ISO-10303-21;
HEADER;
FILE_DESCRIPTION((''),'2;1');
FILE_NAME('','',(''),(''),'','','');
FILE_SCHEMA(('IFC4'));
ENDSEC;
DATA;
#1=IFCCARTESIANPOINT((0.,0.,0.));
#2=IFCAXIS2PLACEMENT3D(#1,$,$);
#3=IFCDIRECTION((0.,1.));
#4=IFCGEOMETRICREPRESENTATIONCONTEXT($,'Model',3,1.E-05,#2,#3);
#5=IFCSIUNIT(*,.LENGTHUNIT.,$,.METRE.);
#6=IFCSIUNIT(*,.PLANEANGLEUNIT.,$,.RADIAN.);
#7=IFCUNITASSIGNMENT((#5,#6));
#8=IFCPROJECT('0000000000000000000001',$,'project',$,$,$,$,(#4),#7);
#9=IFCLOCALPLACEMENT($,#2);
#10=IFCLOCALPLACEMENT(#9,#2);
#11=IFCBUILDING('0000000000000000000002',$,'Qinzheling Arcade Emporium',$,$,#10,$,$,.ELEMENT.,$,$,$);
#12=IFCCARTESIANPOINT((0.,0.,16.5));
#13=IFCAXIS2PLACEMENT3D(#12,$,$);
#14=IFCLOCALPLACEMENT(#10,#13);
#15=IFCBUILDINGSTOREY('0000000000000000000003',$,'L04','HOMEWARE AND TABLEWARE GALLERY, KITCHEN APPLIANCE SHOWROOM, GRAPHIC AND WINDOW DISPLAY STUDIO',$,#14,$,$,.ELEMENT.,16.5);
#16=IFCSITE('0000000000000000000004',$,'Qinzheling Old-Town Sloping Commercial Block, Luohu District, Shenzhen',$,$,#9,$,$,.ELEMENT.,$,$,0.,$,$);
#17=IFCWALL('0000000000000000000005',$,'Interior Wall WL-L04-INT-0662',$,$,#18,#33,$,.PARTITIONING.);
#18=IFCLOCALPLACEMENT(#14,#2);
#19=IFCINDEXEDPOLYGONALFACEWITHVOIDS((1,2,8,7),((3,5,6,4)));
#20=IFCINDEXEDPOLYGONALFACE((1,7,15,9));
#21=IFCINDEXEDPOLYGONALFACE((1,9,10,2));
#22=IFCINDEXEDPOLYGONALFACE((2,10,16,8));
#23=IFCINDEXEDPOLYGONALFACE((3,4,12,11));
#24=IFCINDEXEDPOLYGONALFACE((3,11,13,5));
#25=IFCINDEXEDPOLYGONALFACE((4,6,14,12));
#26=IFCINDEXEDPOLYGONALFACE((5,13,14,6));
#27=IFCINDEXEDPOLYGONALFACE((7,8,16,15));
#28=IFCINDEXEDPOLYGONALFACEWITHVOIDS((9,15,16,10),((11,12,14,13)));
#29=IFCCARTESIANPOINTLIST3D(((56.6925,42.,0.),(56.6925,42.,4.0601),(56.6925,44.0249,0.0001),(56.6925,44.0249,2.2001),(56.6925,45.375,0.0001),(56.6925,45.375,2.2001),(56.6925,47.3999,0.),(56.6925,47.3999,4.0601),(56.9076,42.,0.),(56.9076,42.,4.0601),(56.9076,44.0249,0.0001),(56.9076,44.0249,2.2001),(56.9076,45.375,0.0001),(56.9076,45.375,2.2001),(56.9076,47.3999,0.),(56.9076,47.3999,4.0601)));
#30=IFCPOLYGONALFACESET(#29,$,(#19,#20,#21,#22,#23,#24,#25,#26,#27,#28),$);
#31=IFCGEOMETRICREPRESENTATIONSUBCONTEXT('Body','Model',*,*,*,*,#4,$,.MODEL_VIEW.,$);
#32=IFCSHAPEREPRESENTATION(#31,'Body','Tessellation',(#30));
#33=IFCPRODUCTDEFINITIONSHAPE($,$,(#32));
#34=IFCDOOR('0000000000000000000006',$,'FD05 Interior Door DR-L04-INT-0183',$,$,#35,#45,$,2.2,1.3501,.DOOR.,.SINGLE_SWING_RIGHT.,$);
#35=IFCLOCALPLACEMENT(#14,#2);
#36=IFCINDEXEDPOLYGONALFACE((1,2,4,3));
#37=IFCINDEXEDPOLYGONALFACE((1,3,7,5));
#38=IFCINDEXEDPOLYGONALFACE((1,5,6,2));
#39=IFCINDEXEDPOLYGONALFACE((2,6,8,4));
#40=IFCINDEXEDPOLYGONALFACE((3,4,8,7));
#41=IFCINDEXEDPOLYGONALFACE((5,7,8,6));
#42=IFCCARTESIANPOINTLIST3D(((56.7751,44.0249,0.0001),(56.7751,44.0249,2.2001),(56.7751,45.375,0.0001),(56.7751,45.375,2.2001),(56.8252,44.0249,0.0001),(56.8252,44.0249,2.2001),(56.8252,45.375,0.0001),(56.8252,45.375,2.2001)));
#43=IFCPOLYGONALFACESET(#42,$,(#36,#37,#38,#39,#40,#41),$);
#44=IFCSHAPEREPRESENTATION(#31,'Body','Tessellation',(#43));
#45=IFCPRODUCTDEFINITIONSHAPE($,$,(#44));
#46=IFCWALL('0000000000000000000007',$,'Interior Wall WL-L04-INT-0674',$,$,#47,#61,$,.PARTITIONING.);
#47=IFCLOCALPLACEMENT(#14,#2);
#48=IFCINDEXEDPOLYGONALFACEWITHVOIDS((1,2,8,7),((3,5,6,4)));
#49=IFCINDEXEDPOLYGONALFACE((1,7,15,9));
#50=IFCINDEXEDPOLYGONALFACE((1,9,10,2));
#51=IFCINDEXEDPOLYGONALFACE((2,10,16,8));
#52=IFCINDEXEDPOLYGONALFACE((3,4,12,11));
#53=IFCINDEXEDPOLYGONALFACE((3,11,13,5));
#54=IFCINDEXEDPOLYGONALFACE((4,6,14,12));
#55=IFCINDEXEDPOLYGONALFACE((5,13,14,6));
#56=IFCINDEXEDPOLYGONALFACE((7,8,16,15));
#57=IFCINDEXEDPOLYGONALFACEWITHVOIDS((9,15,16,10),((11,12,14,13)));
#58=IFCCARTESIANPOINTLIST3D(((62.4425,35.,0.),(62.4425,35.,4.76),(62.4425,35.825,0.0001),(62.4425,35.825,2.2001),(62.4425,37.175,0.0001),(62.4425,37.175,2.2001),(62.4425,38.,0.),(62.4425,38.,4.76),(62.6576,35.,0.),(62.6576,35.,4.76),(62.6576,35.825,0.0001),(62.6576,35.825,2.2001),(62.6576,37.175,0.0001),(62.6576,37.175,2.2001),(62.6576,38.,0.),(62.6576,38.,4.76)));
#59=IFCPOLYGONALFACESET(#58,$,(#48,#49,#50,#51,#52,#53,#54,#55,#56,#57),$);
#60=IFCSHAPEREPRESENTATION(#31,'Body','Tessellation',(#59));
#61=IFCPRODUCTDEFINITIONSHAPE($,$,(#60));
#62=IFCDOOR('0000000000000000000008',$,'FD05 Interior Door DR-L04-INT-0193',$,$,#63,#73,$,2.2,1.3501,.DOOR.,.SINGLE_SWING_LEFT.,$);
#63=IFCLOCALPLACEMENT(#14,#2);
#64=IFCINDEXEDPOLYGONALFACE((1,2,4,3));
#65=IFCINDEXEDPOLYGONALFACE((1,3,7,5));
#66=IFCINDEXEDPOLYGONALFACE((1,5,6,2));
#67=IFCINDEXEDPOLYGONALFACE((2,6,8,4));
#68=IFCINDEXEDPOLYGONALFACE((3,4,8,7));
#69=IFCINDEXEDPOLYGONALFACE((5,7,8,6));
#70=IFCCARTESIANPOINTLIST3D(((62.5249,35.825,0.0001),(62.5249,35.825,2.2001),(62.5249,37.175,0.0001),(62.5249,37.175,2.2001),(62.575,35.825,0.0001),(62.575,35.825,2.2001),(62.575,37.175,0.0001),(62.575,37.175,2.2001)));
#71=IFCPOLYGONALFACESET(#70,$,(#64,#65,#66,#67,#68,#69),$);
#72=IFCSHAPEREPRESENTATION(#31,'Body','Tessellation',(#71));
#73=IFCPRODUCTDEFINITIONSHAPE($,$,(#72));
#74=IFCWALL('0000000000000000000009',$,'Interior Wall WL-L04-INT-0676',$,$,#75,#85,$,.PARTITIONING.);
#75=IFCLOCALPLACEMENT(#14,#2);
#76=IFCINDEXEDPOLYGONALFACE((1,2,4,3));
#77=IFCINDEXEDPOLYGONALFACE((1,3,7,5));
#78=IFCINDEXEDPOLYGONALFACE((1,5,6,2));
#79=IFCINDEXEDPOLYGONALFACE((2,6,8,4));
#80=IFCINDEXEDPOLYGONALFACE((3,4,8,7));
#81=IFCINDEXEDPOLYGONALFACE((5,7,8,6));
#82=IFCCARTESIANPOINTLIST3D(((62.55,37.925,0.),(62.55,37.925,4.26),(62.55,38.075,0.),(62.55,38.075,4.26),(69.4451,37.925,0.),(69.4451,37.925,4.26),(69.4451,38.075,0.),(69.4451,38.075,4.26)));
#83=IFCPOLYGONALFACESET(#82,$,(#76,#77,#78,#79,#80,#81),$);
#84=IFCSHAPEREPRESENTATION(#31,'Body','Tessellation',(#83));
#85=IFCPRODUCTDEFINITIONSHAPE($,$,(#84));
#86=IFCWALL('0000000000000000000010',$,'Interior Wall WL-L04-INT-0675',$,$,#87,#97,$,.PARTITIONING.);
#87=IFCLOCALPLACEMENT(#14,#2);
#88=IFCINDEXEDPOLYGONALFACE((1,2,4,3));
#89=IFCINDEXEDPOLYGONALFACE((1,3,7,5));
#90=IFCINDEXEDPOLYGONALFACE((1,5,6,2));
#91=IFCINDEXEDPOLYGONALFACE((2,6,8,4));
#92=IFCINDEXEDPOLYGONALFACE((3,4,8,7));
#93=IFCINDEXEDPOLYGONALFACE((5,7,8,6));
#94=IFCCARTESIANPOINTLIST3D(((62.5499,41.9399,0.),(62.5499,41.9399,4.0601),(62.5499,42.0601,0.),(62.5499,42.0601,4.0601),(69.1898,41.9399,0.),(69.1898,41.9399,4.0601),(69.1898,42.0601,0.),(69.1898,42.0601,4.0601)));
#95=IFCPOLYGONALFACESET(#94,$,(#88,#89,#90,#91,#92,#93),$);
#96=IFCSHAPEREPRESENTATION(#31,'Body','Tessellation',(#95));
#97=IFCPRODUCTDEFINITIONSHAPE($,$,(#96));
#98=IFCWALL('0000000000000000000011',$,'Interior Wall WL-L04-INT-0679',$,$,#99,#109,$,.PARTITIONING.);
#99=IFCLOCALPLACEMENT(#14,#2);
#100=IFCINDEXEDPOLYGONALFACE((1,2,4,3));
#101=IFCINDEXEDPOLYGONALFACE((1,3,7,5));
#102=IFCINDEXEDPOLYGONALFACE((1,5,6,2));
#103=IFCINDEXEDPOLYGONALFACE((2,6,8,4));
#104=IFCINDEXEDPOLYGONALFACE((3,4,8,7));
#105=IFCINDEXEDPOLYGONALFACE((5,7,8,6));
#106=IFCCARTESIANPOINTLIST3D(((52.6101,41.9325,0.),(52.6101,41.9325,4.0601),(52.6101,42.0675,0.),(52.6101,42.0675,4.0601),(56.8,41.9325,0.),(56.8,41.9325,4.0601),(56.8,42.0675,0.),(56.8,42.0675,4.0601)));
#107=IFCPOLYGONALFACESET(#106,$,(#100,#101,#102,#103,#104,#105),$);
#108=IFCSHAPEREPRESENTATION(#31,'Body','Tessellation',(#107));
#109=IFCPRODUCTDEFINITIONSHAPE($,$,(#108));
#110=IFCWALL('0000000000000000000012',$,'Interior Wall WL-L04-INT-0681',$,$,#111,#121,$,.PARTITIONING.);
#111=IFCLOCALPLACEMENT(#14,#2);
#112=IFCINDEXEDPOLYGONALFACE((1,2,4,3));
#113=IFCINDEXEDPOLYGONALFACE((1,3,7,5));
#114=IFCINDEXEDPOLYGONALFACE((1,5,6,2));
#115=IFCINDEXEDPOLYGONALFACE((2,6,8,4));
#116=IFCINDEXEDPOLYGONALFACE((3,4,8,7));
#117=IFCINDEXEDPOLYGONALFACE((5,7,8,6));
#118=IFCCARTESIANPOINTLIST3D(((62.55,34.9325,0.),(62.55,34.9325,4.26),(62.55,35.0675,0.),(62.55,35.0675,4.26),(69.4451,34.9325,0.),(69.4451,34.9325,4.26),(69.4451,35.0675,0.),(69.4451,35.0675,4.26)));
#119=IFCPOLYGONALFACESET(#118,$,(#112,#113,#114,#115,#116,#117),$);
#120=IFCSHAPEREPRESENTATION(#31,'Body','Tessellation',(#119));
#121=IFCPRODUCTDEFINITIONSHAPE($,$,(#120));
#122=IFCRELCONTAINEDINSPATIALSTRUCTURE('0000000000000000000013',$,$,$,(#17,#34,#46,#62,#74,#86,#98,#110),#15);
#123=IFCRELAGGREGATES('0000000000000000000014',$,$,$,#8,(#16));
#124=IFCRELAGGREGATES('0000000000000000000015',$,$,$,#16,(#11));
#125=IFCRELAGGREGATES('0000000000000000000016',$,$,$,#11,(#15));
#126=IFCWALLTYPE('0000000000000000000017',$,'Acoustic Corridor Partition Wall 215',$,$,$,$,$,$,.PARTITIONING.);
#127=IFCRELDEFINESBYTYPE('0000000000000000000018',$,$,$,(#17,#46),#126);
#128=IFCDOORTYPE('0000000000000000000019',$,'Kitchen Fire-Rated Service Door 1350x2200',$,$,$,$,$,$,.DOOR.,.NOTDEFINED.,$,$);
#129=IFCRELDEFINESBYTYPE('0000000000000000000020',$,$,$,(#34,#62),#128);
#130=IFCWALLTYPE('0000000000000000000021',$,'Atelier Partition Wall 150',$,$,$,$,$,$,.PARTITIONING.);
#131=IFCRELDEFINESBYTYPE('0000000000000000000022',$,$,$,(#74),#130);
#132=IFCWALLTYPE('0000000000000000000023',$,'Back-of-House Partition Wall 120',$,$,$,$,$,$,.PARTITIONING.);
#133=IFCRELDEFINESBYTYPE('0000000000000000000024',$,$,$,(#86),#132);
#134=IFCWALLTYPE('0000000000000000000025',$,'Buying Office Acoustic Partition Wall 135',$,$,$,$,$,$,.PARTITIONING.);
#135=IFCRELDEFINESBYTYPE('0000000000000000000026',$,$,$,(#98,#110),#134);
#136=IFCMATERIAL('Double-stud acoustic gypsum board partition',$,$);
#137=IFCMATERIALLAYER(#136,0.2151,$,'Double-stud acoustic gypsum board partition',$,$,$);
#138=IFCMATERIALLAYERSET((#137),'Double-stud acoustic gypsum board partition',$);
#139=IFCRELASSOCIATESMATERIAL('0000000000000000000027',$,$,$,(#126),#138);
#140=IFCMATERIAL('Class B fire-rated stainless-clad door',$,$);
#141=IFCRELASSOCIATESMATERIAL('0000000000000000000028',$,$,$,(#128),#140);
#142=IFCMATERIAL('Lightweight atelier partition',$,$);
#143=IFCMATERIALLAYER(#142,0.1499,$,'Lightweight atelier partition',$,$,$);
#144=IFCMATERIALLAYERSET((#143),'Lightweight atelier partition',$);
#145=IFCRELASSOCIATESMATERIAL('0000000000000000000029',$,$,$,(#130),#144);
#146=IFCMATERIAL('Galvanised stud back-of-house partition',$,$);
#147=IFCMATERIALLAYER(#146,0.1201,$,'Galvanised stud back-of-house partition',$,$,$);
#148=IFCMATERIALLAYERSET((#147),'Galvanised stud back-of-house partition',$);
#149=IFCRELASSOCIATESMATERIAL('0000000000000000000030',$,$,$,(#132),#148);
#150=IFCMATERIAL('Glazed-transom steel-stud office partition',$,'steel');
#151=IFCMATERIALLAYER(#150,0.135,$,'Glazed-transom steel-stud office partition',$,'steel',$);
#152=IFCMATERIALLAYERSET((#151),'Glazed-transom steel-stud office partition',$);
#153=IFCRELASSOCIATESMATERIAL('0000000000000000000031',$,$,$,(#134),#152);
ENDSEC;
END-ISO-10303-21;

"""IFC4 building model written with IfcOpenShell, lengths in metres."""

from ifc_helpers import new_model, si_unit, direction, frame, frame_2d, origin, place, context, subcontext, project, spatial, rectangle, extrude, material, layer, layer_set, type_object, element, fill, save


model = new_model("IFC4")

# Units and contexts
model_context = context("Model", 3, precision=1e-05, world=origin(), true_north=direction((0.0, 1.0)))
body_context = subcontext(model_context, "Body", "Model", "MODEL_VIEW")
ifc_project = project(units=[si_unit("LENGTHUNIT", "METRE"), si_unit("PLANEANGLEUNIT", "RADIAN")], contexts=[model_context])

# Site, building, storey
site_placement = place(None, origin())
site = spatial("IfcSite", under=ifc_project, at=site_placement, Name="Qinzheling Old-Town Sloping Commercial Block, Luohu District, Shenzhen", CompositionType="ELEMENT", RefElevation=0.0)
building_placement = place(site_placement, origin())
building = spatial("IfcBuilding", under=site, at=building_placement, Name="Qinzheling Arcade Emporium", CompositionType="ELEMENT")
storey_placement = place(building_placement, frame((0.0, 0.0, 16.5)))
storey = spatial("IfcBuildingStorey", under=building, at=storey_placement, Name="L04", Description="HOMEWARE AND TABLEWARE GALLERY, KITCHEN APPLIANCE SHOWROOM, GRAPHIC AND WINDOW DISPLAY STUDIO", CompositionType="ELEMENT", Elevation=16.5)

# Shared definitions
ifc_material_1 = material(Name="Double-stud acoustic gypsum board partition")
ifc_layer_1 = layer(ifc_material_1, 0.2151, Name="Double-stud acoustic gypsum board partition")
ifc_layer_set_1 = layer_set([ifc_layer_1], Name="Double-stud acoustic gypsum board partition")
wall_type_1 = type_object("IfcWallType", Name="Acoustic Corridor Partition Wall 215", PredefinedType="PARTITIONING", material=ifc_layer_set_1)
ifc_material_2 = material(Name="Class B fire-rated stainless-clad door")
door_type = type_object("IfcDoorType", Name="Kitchen Fire-Rated Service Door 1350x2200", OperationType="NOTDEFINED", PredefinedType="DOOR", material=ifc_material_2)

# Walls, openings, doors
wall_1_placement = place(storey_placement, frame((56.8, 42.0, 0.0), z_axis=(0.0, 0.0, 1.0), x_axis=(0.0, 1.0, 0.0)))
wall_1 = element("IfcWall", 1, at=wall_1_placement, inside=storey, type_object=wall_type_1, Name="Interior Wall WL-L04-INT-0662", PredefinedType="PARTITIONING", context=body_context, shape_type="SweptSolid", body=[
    extrude(rectangle(XDim=5.3999, YDim=0.2151, at=frame_2d((2.7, 0.0))), origin(), (0.0, 0.0, 1.0), 4.0601),
])
opening_1_placement = place(wall_1_placement, frame((2.0249, 0.0, 0.0)))
opening_1 = element("IfcOpeningElement", 2, at=opening_1_placement, cuts=wall_1, PredefinedType="OPENING", context=body_context, shape_type="SweptSolid", body=[
    extrude(rectangle(XDim=1.3501, YDim=2.2, at=frame_2d((0.675, 1.1001))), frame((0.0, 0.1177, 0.0), z_axis=(0.0, -1.0, 0.0), x_axis=(1.0, 0.0, 0.0)), (0.0, 0.0, 1.0), 0.2351),
])
door_1_placement = place(opening_1_placement, origin())
door_1 = element("IfcDoor", 3, at=door_1_placement, inside=storey, type_object=door_type, Name="FD05 Interior Door DR-L04-INT-0183", OperationType="SINGLE_SWING_RIGHT", OverallHeight=2.2, OverallWidth=1.3501, PredefinedType="DOOR", context=body_context, shape_type="SweptSolid", body=[
    extrude(rectangle(XDim=1.3501, YDim=2.2, at=frame_2d((0.675, 1.1001))), frame((0.0, 0.0249, 0.0), z_axis=(0.0, -1.0, 0.0), x_axis=(1.0, 0.0, 0.0)), (0.0, 0.0, 1.0), 0.05),
])
fill(opening_1, door_1)
wall_2_placement = place(storey_placement, frame((62.55, 38.0, 0.0), z_axis=(0.0, 0.0, 1.0), x_axis=(0.0, -1.0, 0.0)))
wall_2 = element("IfcWall", 4, at=wall_2_placement, inside=storey, type_object=wall_type_1, Name="Interior Wall WL-L04-INT-0674", PredefinedType="PARTITIONING", context=body_context, shape_type="SweptSolid", body=[
    extrude(rectangle(XDim=3.0, YDim=0.2151, at=frame_2d((1.5, 0.0))), origin(), (0.0, 0.0, 1.0), 4.76),
])
opening_2_placement = place(wall_2_placement, frame((0.825, 0.0, 0.0)))
opening_2 = element("IfcOpeningElement", 5, at=opening_2_placement, cuts=wall_2, PredefinedType="OPENING", context=body_context, shape_type="SweptSolid", body=[
    extrude(rectangle(XDim=1.3501, YDim=2.2, at=frame_2d((0.675, 1.1001))), frame((0.0, 0.1177, 0.0), z_axis=(0.0, -1.0, 0.0), x_axis=(1.0, 0.0, 0.0)), (0.0, 0.0, 1.0), 0.2351),
])
door_2_placement = place(opening_2_placement, origin())
door_2 = element("IfcDoor", 6, at=door_2_placement, inside=storey, type_object=door_type, Name="FD05 Interior Door DR-L04-INT-0193", OperationType="SINGLE_SWING_LEFT", OverallHeight=2.2, OverallWidth=1.3501, PredefinedType="DOOR", context=body_context, shape_type="SweptSolid", body=[
    extrude(rectangle(XDim=1.3501, YDim=2.2, at=frame_2d((0.675, 1.1001))), frame((0.0, 0.0249, 0.0), z_axis=(0.0, -1.0, 0.0), x_axis=(1.0, 0.0, 0.0)), (0.0, 0.0, 1.0), 0.05),
])
fill(opening_2, door_2)

# Walls
ifc_material_3 = material(Name="Lightweight atelier partition")
ifc_layer_2 = layer(ifc_material_3, 0.1499, Name="Lightweight atelier partition")
ifc_layer_set_2 = layer_set([ifc_layer_2], Name="Lightweight atelier partition")
wall_type_2 = type_object("IfcWallType", Name="Atelier Partition Wall 150", PredefinedType="PARTITIONING", material=ifc_layer_set_2)
wall_3_placement = place(storey_placement, frame((69.4451, 38.0, 0.0), z_axis=(0.0, 0.0, 1.0), x_axis=(-1.0, 0.0, 0.0)))
element("IfcWall", 7, at=wall_3_placement, inside=storey, type_object=wall_type_2, Name="Interior Wall WL-L04-INT-0676", PredefinedType="PARTITIONING", context=body_context, shape_type="SweptSolid", body=[
    extrude(rectangle(XDim=6.895, YDim=0.1499, at=frame_2d((3.4475, 0.0))), origin(), (0.0, 0.0, 1.0), 4.26),
])
ifc_material_4 = material(Name="Galvanised stud back-of-house partition")
ifc_layer_3 = layer(ifc_material_4, 0.1201, Name="Galvanised stud back-of-house partition")
ifc_layer_set_3 = layer_set([ifc_layer_3], Name="Galvanised stud back-of-house partition")
wall_type_3 = type_object("IfcWallType", Name="Back-of-House Partition Wall 120", PredefinedType="PARTITIONING", material=ifc_layer_set_3)
wall_4_placement = place(storey_placement, frame((62.55, 42.0, 0.0), z_axis=(0.0, 0.0, 1.0), x_axis=(1.0, 0.0, 0.0)))
element("IfcWall", 8, at=wall_4_placement, inside=storey, type_object=wall_type_3, Name="Interior Wall WL-L04-INT-0675", PredefinedType="PARTITIONING", context=body_context, shape_type="SweptSolid", body=[
    extrude(rectangle(XDim=6.6399, YDim=0.1201, at=frame_2d((3.3198, 0.0))), origin(), (0.0, 0.0, 1.0), 4.0601),
])
ifc_material_5 = material(Name="Glazed-transom steel-stud office partition", Category="steel")
ifc_layer_4 = layer(ifc_material_5, 0.135, Name="Glazed-transom steel-stud office partition", Category="steel")
ifc_layer_set_4 = layer_set([ifc_layer_4], Name="Glazed-transom steel-stud office partition")
wall_type_4 = type_object("IfcWallType", Name="Buying Office Acoustic Partition Wall 135", PredefinedType="PARTITIONING", material=ifc_layer_set_4)
wall_5_placement = place(storey_placement, frame((52.6101, 42.0, 0.0), z_axis=(0.0, 0.0, 1.0), x_axis=(1.0, 0.0, 0.0)))
element("IfcWall", 9, at=wall_5_placement, inside=storey, type_object=wall_type_4, Name="Interior Wall WL-L04-INT-0679", PredefinedType="PARTITIONING", context=body_context, shape_type="SweptSolid", body=[
    extrude(rectangle(XDim=4.1899, YDim=0.135, at=frame_2d((2.095, 0.0))), origin(), (0.0, 0.0, 1.0), 4.0601),
])
wall_6_placement = place(storey_placement, frame((62.55, 35.0, 0.0), z_axis=(0.0, 0.0, 1.0), x_axis=(1.0, 0.0, 0.0)))
element("IfcWall", 10, at=wall_6_placement, inside=storey, type_object=wall_type_4, Name="Interior Wall WL-L04-INT-0681", PredefinedType="PARTITIONING", context=body_context, shape_type="SweptSolid", body=[
    extrude(rectangle(XDim=6.895, YDim=0.135, at=frame_2d((3.4475, 0.0))), origin(), (0.0, 0.0, 1.0), 4.26),
])

save(model, "model.ifc")
